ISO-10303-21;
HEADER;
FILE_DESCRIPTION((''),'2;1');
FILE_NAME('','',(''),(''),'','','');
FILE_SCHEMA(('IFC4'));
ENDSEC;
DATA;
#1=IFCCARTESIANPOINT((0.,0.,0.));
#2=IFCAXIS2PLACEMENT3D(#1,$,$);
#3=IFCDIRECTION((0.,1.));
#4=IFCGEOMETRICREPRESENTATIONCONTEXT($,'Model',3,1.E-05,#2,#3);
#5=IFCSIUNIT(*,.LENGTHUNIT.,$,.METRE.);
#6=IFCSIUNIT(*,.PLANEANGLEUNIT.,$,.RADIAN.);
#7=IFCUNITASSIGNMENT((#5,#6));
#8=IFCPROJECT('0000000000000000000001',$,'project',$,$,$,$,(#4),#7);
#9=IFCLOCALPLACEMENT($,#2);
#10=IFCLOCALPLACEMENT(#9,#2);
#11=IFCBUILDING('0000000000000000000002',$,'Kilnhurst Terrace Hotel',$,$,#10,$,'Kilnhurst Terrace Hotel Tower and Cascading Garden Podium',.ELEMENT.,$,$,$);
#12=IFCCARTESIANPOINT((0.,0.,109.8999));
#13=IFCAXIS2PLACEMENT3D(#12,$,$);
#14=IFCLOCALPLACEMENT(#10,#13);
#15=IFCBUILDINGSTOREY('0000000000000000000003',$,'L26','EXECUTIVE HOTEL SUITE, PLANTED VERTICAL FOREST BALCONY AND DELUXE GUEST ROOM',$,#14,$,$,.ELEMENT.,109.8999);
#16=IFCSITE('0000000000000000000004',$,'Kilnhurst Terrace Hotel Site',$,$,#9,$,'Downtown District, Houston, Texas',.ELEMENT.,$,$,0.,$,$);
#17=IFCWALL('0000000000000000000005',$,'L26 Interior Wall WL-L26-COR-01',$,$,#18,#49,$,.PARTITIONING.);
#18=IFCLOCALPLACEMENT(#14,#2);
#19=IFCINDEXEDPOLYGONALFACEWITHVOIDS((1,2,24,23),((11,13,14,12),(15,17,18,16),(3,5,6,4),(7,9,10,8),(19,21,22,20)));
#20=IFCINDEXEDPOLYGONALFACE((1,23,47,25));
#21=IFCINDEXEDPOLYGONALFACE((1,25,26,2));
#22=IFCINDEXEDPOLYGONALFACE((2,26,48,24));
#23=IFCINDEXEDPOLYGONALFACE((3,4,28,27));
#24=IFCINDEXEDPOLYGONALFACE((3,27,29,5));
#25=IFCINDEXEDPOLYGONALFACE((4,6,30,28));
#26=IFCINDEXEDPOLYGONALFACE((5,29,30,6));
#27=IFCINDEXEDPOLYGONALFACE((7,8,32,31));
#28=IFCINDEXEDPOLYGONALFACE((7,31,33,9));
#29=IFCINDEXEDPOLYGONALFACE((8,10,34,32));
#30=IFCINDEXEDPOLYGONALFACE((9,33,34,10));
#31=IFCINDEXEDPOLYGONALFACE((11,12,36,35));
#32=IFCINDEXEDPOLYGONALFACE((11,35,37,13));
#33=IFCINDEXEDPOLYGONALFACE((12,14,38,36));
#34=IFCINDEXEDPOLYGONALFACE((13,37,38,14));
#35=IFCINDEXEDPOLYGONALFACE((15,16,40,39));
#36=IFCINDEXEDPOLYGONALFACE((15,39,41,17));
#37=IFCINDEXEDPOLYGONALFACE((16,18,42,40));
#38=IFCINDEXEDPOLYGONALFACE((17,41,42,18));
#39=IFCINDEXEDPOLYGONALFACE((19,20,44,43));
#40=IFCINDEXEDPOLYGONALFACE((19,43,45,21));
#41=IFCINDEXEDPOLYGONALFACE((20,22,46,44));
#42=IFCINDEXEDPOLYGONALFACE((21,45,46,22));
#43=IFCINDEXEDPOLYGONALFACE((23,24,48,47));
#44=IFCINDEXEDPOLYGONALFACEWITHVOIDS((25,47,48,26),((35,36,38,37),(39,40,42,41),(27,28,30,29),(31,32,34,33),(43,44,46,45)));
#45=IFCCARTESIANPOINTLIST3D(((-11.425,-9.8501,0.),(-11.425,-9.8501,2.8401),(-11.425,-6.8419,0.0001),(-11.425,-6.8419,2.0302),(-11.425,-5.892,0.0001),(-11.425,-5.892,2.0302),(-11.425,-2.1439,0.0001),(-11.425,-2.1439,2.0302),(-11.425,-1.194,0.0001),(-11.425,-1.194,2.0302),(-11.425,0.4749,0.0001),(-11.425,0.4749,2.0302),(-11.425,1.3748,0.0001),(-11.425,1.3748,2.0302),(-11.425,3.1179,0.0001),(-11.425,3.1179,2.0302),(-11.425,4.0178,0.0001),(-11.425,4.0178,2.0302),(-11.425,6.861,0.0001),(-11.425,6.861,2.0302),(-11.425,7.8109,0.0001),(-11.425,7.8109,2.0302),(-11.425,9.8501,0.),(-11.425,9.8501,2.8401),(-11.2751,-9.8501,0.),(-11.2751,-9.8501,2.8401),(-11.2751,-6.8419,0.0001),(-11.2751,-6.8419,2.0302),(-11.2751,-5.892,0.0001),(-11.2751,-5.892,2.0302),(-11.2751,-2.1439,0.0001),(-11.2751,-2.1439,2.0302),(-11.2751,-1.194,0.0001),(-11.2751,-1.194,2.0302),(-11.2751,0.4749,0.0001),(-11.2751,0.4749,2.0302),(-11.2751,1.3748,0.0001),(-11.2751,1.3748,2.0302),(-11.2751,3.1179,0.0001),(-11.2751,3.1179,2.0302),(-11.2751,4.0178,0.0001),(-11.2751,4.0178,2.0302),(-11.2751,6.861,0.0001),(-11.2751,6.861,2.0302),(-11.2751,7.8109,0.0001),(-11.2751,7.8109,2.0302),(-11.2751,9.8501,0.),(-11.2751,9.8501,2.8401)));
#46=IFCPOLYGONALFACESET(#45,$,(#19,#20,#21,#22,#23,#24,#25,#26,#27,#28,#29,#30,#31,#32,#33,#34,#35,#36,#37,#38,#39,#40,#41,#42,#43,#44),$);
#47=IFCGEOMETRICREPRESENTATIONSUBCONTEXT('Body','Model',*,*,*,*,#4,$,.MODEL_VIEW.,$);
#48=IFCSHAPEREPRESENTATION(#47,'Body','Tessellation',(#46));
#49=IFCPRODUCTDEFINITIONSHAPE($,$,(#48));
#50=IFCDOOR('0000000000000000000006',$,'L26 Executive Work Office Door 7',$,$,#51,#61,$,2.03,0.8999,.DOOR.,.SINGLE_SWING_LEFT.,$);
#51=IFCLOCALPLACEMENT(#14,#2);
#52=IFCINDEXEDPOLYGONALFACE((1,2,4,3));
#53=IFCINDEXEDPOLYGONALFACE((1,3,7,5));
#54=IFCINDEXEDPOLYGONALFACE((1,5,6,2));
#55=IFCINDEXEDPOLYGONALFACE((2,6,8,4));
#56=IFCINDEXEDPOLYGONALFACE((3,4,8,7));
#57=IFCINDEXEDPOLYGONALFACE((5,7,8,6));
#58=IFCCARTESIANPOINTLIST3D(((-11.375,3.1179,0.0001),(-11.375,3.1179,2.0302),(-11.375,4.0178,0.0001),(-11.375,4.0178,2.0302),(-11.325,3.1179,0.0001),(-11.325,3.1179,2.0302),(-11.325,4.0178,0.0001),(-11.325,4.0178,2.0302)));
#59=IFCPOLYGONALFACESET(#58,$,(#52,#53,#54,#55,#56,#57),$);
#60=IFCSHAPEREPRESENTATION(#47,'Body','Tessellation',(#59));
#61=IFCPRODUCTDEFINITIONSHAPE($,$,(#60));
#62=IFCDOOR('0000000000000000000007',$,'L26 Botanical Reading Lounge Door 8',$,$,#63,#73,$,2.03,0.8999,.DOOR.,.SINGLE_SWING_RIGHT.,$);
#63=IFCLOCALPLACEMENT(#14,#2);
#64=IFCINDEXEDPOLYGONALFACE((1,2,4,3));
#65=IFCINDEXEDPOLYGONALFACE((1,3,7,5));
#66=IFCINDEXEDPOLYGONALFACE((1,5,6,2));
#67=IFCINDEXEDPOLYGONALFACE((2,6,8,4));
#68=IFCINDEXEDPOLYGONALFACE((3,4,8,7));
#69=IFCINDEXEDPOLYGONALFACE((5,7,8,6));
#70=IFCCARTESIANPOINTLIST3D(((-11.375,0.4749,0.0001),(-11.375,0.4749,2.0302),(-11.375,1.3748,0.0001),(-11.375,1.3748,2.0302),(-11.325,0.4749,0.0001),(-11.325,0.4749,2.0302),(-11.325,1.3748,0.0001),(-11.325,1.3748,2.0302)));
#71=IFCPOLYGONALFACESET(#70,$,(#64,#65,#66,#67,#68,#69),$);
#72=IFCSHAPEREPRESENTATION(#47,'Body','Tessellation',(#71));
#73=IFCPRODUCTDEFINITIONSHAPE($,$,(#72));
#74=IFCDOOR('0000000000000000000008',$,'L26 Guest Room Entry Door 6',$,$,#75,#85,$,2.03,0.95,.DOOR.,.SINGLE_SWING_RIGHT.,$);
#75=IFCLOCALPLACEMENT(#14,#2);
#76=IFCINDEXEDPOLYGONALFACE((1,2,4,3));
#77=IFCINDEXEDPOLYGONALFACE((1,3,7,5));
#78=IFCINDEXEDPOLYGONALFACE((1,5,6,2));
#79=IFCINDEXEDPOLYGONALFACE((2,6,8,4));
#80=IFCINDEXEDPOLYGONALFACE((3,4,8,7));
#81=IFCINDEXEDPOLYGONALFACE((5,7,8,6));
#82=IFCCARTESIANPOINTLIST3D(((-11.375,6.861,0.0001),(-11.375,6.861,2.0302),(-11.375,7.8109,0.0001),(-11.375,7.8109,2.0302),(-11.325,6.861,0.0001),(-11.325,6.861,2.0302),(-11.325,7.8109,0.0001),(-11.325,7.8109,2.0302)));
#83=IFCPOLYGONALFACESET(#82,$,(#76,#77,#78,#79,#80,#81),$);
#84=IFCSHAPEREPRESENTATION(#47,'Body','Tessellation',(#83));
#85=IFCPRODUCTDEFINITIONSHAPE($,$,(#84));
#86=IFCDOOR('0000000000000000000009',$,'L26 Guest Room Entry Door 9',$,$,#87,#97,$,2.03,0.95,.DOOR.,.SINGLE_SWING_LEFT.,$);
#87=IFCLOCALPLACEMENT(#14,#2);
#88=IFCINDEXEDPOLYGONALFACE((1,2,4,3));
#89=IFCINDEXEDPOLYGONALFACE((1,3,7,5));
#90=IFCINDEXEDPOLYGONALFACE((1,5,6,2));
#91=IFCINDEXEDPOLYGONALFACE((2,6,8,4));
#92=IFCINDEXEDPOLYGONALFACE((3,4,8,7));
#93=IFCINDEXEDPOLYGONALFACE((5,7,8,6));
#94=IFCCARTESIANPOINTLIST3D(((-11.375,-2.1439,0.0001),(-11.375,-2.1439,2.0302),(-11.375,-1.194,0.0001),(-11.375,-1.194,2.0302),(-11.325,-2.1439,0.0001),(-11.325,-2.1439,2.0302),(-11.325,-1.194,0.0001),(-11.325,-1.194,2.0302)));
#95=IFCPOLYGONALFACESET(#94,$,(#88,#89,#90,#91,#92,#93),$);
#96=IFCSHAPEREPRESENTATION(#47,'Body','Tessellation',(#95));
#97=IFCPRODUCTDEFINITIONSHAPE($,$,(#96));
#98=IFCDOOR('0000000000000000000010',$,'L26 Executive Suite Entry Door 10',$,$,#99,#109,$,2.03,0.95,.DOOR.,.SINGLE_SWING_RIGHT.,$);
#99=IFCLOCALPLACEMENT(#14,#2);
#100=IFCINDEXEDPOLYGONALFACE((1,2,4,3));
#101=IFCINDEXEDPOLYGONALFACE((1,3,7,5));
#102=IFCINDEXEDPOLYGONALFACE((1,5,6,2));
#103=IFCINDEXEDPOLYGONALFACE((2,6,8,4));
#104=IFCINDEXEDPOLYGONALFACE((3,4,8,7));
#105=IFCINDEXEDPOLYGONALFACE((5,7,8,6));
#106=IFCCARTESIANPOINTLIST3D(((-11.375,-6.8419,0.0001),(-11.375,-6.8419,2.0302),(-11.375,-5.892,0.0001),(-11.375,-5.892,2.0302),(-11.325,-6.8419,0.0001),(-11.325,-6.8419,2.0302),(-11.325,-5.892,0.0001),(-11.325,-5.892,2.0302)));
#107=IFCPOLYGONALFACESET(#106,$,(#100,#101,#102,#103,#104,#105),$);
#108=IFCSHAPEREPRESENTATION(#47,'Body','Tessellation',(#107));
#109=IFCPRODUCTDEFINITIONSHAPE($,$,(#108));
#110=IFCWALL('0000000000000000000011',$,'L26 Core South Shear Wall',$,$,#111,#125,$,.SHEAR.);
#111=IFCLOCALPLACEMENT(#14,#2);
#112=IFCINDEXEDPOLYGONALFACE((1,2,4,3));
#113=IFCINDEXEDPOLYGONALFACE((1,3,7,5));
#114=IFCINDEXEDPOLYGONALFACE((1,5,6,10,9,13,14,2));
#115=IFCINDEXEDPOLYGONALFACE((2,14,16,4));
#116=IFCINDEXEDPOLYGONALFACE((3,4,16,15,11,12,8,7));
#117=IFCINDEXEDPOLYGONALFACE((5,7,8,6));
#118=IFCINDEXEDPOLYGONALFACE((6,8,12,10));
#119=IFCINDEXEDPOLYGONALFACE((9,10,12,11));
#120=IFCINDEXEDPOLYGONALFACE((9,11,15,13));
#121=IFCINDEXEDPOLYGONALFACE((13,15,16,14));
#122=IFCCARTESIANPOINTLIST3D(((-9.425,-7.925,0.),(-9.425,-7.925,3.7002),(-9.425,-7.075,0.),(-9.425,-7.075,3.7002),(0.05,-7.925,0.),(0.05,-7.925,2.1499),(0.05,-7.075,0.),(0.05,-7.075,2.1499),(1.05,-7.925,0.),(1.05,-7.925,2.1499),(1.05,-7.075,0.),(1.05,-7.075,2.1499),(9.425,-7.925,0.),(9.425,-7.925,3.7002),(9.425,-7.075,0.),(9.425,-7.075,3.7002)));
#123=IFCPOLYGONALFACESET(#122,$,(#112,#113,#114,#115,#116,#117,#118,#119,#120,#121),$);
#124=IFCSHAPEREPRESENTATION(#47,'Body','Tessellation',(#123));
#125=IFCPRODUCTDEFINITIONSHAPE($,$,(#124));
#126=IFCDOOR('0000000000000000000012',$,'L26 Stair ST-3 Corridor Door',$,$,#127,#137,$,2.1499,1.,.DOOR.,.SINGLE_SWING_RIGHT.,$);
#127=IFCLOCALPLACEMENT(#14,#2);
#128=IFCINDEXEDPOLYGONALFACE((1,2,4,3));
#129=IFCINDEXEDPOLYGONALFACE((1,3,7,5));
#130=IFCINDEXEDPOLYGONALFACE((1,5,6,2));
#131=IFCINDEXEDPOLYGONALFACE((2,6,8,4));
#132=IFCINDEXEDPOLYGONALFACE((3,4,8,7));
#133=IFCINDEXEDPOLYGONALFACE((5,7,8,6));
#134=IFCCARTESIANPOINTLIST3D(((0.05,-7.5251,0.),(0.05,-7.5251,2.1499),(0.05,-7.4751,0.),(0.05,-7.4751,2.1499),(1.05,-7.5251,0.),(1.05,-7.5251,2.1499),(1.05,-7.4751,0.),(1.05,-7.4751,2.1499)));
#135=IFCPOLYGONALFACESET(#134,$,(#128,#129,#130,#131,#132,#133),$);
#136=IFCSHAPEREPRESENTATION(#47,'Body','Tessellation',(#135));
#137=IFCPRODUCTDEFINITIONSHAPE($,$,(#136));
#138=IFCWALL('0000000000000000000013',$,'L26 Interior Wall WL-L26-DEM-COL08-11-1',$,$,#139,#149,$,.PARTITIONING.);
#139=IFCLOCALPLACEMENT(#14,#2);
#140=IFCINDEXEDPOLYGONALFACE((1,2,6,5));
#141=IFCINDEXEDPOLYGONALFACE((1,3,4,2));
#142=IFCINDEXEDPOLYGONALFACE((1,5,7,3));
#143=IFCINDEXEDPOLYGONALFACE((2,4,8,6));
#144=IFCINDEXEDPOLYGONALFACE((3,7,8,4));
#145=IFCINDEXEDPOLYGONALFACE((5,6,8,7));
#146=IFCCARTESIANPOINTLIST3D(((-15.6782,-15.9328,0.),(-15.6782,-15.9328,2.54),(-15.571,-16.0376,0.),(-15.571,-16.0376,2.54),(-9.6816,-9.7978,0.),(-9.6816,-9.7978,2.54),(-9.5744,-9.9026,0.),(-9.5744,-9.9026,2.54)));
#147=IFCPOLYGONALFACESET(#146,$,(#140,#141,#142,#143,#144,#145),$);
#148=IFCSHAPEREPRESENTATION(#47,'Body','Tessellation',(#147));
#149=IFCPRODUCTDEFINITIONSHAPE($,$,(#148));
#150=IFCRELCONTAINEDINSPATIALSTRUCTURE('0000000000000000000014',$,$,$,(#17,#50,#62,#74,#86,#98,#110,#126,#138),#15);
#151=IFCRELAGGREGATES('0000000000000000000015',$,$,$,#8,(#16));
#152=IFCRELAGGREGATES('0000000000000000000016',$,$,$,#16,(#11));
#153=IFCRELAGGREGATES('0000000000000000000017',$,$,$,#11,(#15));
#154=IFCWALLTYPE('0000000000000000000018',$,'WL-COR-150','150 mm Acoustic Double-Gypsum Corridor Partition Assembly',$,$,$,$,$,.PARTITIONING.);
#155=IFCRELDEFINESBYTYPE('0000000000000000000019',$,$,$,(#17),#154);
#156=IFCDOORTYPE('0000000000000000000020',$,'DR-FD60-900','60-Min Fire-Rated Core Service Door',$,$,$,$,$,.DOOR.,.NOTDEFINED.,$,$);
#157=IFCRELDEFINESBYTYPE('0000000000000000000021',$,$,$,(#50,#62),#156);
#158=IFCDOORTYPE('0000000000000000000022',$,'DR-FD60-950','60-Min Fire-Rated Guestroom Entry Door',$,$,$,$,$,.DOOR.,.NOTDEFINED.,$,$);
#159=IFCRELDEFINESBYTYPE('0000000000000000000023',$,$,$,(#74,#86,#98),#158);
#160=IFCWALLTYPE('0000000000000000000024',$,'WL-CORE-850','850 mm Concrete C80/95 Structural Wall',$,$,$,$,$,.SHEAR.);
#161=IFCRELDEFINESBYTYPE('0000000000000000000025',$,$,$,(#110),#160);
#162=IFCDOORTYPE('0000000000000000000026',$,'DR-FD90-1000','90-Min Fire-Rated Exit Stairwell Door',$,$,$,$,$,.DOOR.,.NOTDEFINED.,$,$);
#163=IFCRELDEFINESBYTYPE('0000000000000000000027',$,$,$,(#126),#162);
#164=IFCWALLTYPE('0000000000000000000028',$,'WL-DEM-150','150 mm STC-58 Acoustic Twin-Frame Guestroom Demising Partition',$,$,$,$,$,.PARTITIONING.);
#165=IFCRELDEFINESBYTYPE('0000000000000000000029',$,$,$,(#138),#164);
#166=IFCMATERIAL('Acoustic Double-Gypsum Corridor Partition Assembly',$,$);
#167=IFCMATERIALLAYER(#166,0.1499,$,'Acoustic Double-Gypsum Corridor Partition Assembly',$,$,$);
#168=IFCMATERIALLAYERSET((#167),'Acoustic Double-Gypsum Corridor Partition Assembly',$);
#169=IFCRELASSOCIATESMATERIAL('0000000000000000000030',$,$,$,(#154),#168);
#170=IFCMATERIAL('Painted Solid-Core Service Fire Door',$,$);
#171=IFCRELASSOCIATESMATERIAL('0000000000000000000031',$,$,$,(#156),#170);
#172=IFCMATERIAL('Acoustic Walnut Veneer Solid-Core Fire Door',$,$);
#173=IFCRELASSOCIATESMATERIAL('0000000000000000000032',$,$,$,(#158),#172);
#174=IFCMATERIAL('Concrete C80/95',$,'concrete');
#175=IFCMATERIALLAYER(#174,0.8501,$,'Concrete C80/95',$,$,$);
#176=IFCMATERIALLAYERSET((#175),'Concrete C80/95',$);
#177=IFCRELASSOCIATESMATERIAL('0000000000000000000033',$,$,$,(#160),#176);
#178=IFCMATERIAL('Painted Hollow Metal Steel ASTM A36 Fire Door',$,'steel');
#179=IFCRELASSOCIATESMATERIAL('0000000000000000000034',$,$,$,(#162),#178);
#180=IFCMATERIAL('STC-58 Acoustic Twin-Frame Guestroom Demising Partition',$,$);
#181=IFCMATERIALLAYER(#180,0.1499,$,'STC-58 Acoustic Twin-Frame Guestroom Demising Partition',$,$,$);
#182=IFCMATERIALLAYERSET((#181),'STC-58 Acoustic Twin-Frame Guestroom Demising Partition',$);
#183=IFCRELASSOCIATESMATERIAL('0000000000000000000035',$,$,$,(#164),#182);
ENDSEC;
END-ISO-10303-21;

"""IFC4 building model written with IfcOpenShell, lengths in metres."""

from ifc_helpers import new_model, si_unit, direction, frame, frame_2d, origin, place, context, subcontext, project, spatial, rectangle, extrude, material, layer, layer_set, type_object, element, fill, save


model = new_model("IFC4")

# Units and contexts
model_context = context("Model", 3, precision=1e-05, world=origin(), true_north=direction((0.0, 1.0)))
body_context = subcontext(model_context, "Body", "Model", "MODEL_VIEW")
ifc_project = project(units=[si_unit("LENGTHUNIT", "METRE"), si_unit("PLANEANGLEUNIT", "RADIAN")], contexts=[model_context])

# Site, building, storey
site_placement = place(None, origin())
site = spatial("IfcSite", under=ifc_project, at=site_placement, Name="Kilnhurst Terrace Hotel Site", LongName="Downtown District, Houston, Texas", CompositionType="ELEMENT", RefElevation=0.0)
building_placement = place(site_placement, origin())
building = spatial("IfcBuilding", under=site, at=building_placement, Name="Kilnhurst Terrace Hotel", LongName="Kilnhurst Terrace Hotel Tower and Cascading Garden Podium", CompositionType="ELEMENT")
storey_placement = place(building_placement, frame((0.0, 0.0, 109.8999)))
storey = spatial("IfcBuildingStorey", under=building, at=storey_placement, Name="L26", Description="EXECUTIVE HOTEL SUITE, PLANTED VERTICAL FOREST BALCONY AND DELUXE GUEST ROOM", CompositionType="ELEMENT", Elevation=109.8999)

# Shared definitions
ifc_material_1 = material(Name="Concrete C80/95", Category="concrete")

# Wall, openings, doors
ifc_material_2 = material(Name="Acoustic Double-Gypsum Corridor Partition Assembly")
ifc_layer_1 = layer(ifc_material_2, 0.1499, Name="Acoustic Double-Gypsum Corridor Partition Assembly")
ifc_layer_set_1 = layer_set([ifc_layer_1], Name="Acoustic Double-Gypsum Corridor Partition Assembly")
wall_type_1 = type_object("IfcWallType", Name="WL-COR-150", Description="150 mm Acoustic Double-Gypsum Corridor Partition Assembly", PredefinedType="PARTITIONING", material=ifc_layer_set_1)
wall_1_placement = place(storey_placement, frame((-11.3501, -9.8501, 0.0), z_axis=(0.0, 0.0, 1.0), x_axis=(0.0, 1.0, 0.0)))
wall_1 = element("IfcWall", 1, at=wall_1_placement, inside=storey, type_object=wall_type_1, Name="L26 Interior Wall WL-L26-COR-01", PredefinedType="PARTITIONING", context=body_context, shape_type="SweptSolid", body=[
    extrude(rectangle(XDim=19.7002, YDim=0.1499, at=frame_2d((9.8501, 0.0))), origin(), (0.0, 0.0, 1.0), 2.8401),
])
opening_1_placement = place(wall_1_placement, frame((16.7109, 0.0, 0.0)))
opening_1 = element("IfcOpeningElement", 2, at=opening_1_placement, cuts=wall_1, PredefinedType="OPENING", context=body_context, shape_type="SweptSolid", body=[
    extrude(rectangle(XDim=0.95, YDim=2.03, at=frame_2d((0.4751, 1.0151))), frame((0.0, 0.085, 0.0), z_axis=(0.0, -1.0, 0.0), x_axis=(1.0, 0.0, 0.0)), (0.0, 0.0, 1.0), 0.1699),
])
opening_2_placement = place(wall_1_placement, frame((12.968, 0.0, 0.0)))
opening_2 = element("IfcOpeningElement", 3, at=opening_2_placement, cuts=wall_1, PredefinedType="OPENING", context=body_context, shape_type="SweptSolid", body=[
    extrude(rectangle(XDim=0.8999, YDim=2.03, at=frame_2d((0.45, 1.0151))), frame((0.0, 0.085, 0.0), z_axis=(0.0, -1.0, 0.0), x_axis=(1.0, 0.0, 0.0)), (0.0, 0.0, 1.0), 0.1699),
])
opening_3_placement = place(wall_1_placement, frame((10.325, 0.0, 0.0)))
opening_3 = element("IfcOpeningElement", 4, at=opening_3_placement, cuts=wall_1, PredefinedType="OPENING", context=body_context, shape_type="SweptSolid", body=[
    extrude(rectangle(XDim=0.8999, YDim=2.03, at=frame_2d((0.45, 1.0151))), frame((0.0, 0.085, 0.0), z_axis=(0.0, -1.0, 0.0), x_axis=(1.0, 0.0, 0.0)), (0.0, 0.0, 1.0), 0.1699),
])
opening_4_placement = place(wall_1_placement, frame((7.7061, 0.0, 0.0)))
opening_4 = element("IfcOpeningElement", 5, at=opening_4_placement, cuts=wall_1, PredefinedType="OPENING", context=body_context, shape_type="SweptSolid", body=[
    extrude(rectangle(XDim=0.95, YDim=2.03, at=frame_2d((0.4751, 1.0151))), frame((0.0, 0.085, 0.0), z_axis=(0.0, -1.0, 0.0), x_axis=(1.0, 0.0, 0.0)), (0.0, 0.0, 1.0), 0.1699),
])
opening_5_placement = place(wall_1_placement, frame((3.0081, 0.0, 0.0)))
opening_5 = element("IfcOpeningElement", 6, at=opening_5_placement, cuts=wall_1, PredefinedType="OPENING", context=body_context, shape_type="SweptSolid", body=[
    extrude(rectangle(XDim=0.95, YDim=2.03, at=frame_2d((0.4751, 1.0151))), frame((0.0, 0.085, 0.0), z_axis=(0.0, -1.0, 0.0), x_axis=(1.0, 0.0, 0.0)), (0.0, 0.0, 1.0), 0.1699),
])
ifc_material_3 = material(Name="Painted Solid-Core Service Fire Door")
door_type_1 = type_object("IfcDoorType", Name="DR-FD60-900", Description="60-Min Fire-Rated Core Service Door", OperationType="NOTDEFINED", PredefinedType="DOOR", material=ifc_material_3)
door_1_placement = place(opening_2_placement, origin())
door_1 = element("IfcDoor", 7, at=door_1_placement, inside=storey, type_object=door_type_1, Name="L26 Executive Work Office Door 7", OperationType="SINGLE_SWING_LEFT", OverallHeight=2.03, OverallWidth=0.8999, PredefinedType="DOOR", context=body_context, shape_type="SweptSolid", body=[
    extrude(rectangle(XDim=0.8999, YDim=2.03, at=frame_2d((0.45, 1.0151))), frame((0.0, 0.0249, 0.0), z_axis=(0.0, -1.0, 0.0), x_axis=(1.0, 0.0, 0.0)), (0.0, 0.0, 1.0), 0.05),
])
fill(opening_2, door_1)
door_2_placement = place(opening_3_placement, origin())
door_2 = element("IfcDoor", 8, at=door_2_placement, inside=storey, type_object=door_type_1, Name="L26 Botanical Reading Lounge Door 8", OperationType="SINGLE_SWING_RIGHT", OverallHeight=2.03, OverallWidth=0.8999, PredefinedType="DOOR", context=body_context, shape_type="SweptSolid", body=[
    extrude(rectangle(XDim=0.8999, YDim=2.03, at=frame_2d((0.45, 1.0151))), frame((0.0, 0.0249, 0.0), z_axis=(0.0, -1.0, 0.0), x_axis=(1.0, 0.0, 0.0)), (0.0, 0.0, 1.0), 0.05),
])
fill(opening_3, door_2)
ifc_material_4 = material(Name="Acoustic Walnut Veneer Solid-Core Fire Door")
door_type_2 = type_object("IfcDoorType", Name="DR-FD60-950", Description="60-Min Fire-Rated Guestroom Entry Door", OperationType="NOTDEFINED", PredefinedType="DOOR", material=ifc_material_4)
door_3_placement = place(opening_1_placement, origin())
door_3 = element("IfcDoor", 9, at=door_3_placement, inside=storey, type_object=door_type_2, Name="L26 Guest Room Entry Door 6", OperationType="SINGLE_SWING_RIGHT", OverallHeight=2.03, OverallWidth=0.95, PredefinedType="DOOR", context=body_context, shape_type="SweptSolid", body=[
    extrude(rectangle(XDim=0.95, YDim=2.03, at=frame_2d((0.4751, 1.0151))), frame((0.0, 0.0249, 0.0), z_axis=(0.0, -1.0, 0.0), x_axis=(1.0, 0.0, 0.0)), (0.0, 0.0, 1.0), 0.05),
])
fill(opening_1, door_3)
door_4_placement = place(opening_4_placement, origin())
door_4 = element("IfcDoor", 10, at=door_4_placement, inside=storey, type_object=door_type_2, Name="L26 Guest Room Entry Door 9", OperationType="SINGLE_SWING_LEFT", OverallHeight=2.03, OverallWidth=0.95, PredefinedType="DOOR", context=body_context, shape_type="SweptSolid", body=[
    extrude(rectangle(XDim=0.95, YDim=2.03, at=frame_2d((0.4751, 1.0151))), frame((0.0, 0.0249, 0.0), z_axis=(0.0, -1.0, 0.0), x_axis=(1.0, 0.0, 0.0)), (0.0, 0.0, 1.0), 0.05),
])
fill(opening_4, door_4)
door_5_placement = place(opening_5_placement, origin())
door_5 = element("IfcDoor", 11, at=door_5_placement, inside=storey, type_object=door_type_2, Name="L26 Executive Suite Entry Door 10", OperationType="SINGLE_SWING_RIGHT", OverallHeight=2.03, OverallWidth=0.95, PredefinedType="DOOR", context=body_context, shape_type="SweptSolid", body=[
    extrude(rectangle(XDim=0.95, YDim=2.03, at=frame_2d((0.4751, 1.0151))), frame((0.0, 0.0249, 0.0), z_axis=(0.0, -1.0, 0.0), x_axis=(1.0, 0.0, 0.0)), (0.0, 0.0, 1.0), 0.05),
])
fill(opening_5, door_5)

# Wall, opening, door
ifc_layer_2 = layer(ifc_material_1, 0.8501, Name="Concrete C80/95")
ifc_layer_set_2 = layer_set([ifc_layer_2], Name="Concrete C80/95")
wall_type_2 = type_object("IfcWallType", Name="WL-CORE-850", Description="850 mm Concrete C80/95 Structural Wall", PredefinedType="SHEAR", material=ifc_layer_set_2)
wall_2_placement = place(storey_placement, frame((-9.425, -7.5, 0.0), z_axis=(0.0, 0.0, 1.0), x_axis=(1.0, 0.0, 0.0)))
wall_2 = element("IfcWall", 12, at=wall_2_placement, inside=storey, type_object=wall_type_2, Name="L26 Core South Shear Wall", PredefinedType="SHEAR", context=body_context, shape_type="SweptSolid", body=[
    extrude(rectangle(XDim=18.8501, YDim=0.8501, at=frame_2d((9.425, 0.0))), origin(), (0.0, 0.0, 1.0), 3.7002),
])
opening_6_placement = place(wall_2_placement, frame((9.4751, 0.0, 0.0)))
opening_6 = element("IfcOpeningElement", 13, at=opening_6_placement, cuts=wall_2, PredefinedType="OPENING", context=body_context, shape_type="SweptSolid", body=[
    extrude(rectangle(XDim=1.0, YDim=2.1499, at=frame_2d((0.5, 1.075))), frame((0.0, 0.4351, 0.0), z_axis=(0.0, -1.0, 0.0), x_axis=(1.0, 0.0, 0.0)), (0.0, 0.0, 1.0), 0.8701),
])
ifc_material_5 = material(Name="Painted Hollow Metal Steel ASTM A36 Fire Door", Category="steel")
door_type_3 = type_object("IfcDoorType", Name="DR-FD90-1000", Description="90-Min Fire-Rated Exit Stairwell Door", OperationType="NOTDEFINED", PredefinedType="DOOR", material=ifc_material_5)
door_6_placement = place(opening_6_placement, origin())
door_6 = element("IfcDoor", 14, at=door_6_placement, inside=storey, type_object=door_type_3, Name="L26 Stair ST-3 Corridor Door", OperationType="SINGLE_SWING_RIGHT", OverallHeight=2.1499, OverallWidth=1.0, PredefinedType="DOOR", context=body_context, shape_type="SweptSolid", body=[
    extrude(rectangle(XDim=1.0, YDim=2.1499, at=frame_2d((0.5, 1.075))), frame((0.0, 0.0249, 0.0), z_axis=(0.0, -1.0, 0.0), x_axis=(1.0, 0.0, 0.0)), (0.0, 0.0, 1.0), 0.05),
])
fill(opening_6, door_6)

# Wall
ifc_material_6 = material(Name="STC-58 Acoustic Twin-Frame Guestroom Demising Partition")
ifc_layer_3 = layer(ifc_material_6, 0.1499, Name="STC-58 Acoustic Twin-Frame Guestroom Demising Partition")
ifc_layer_set_3 = layer_set([ifc_layer_3], Name="STC-58 Acoustic Twin-Frame Guestroom Demising Partition")
wall_type_3 = type_object("IfcWallType", Name="WL-DEM-150", Description="150 mm STC-58 Acoustic Twin-Frame Guestroom Demising Partition", PredefinedType="PARTITIONING", material=ifc_layer_set_3)
wall_3_placement = place(storey_placement, frame((-9.6279, -9.8501, 0.0), z_axis=(0.0, 0.0, 1.0), x_axis=(-0.698993, -0.715129, 0.0)))
element("IfcWall", 15, at=wall_3_placement, inside=storey, type_object=wall_type_3, Name="L26 Interior Wall WL-L26-DEM-COL08-11-1", PredefinedType="PARTITIONING", context=body_context, shape_type="SweptSolid", body=[
    extrude(rectangle(XDim=8.5789, YDim=0.1499, at=frame_2d((4.2896, 0.0))), origin(), (0.0, 0.0, 1.0), 2.54),
])

save(model, "model.ifc")
